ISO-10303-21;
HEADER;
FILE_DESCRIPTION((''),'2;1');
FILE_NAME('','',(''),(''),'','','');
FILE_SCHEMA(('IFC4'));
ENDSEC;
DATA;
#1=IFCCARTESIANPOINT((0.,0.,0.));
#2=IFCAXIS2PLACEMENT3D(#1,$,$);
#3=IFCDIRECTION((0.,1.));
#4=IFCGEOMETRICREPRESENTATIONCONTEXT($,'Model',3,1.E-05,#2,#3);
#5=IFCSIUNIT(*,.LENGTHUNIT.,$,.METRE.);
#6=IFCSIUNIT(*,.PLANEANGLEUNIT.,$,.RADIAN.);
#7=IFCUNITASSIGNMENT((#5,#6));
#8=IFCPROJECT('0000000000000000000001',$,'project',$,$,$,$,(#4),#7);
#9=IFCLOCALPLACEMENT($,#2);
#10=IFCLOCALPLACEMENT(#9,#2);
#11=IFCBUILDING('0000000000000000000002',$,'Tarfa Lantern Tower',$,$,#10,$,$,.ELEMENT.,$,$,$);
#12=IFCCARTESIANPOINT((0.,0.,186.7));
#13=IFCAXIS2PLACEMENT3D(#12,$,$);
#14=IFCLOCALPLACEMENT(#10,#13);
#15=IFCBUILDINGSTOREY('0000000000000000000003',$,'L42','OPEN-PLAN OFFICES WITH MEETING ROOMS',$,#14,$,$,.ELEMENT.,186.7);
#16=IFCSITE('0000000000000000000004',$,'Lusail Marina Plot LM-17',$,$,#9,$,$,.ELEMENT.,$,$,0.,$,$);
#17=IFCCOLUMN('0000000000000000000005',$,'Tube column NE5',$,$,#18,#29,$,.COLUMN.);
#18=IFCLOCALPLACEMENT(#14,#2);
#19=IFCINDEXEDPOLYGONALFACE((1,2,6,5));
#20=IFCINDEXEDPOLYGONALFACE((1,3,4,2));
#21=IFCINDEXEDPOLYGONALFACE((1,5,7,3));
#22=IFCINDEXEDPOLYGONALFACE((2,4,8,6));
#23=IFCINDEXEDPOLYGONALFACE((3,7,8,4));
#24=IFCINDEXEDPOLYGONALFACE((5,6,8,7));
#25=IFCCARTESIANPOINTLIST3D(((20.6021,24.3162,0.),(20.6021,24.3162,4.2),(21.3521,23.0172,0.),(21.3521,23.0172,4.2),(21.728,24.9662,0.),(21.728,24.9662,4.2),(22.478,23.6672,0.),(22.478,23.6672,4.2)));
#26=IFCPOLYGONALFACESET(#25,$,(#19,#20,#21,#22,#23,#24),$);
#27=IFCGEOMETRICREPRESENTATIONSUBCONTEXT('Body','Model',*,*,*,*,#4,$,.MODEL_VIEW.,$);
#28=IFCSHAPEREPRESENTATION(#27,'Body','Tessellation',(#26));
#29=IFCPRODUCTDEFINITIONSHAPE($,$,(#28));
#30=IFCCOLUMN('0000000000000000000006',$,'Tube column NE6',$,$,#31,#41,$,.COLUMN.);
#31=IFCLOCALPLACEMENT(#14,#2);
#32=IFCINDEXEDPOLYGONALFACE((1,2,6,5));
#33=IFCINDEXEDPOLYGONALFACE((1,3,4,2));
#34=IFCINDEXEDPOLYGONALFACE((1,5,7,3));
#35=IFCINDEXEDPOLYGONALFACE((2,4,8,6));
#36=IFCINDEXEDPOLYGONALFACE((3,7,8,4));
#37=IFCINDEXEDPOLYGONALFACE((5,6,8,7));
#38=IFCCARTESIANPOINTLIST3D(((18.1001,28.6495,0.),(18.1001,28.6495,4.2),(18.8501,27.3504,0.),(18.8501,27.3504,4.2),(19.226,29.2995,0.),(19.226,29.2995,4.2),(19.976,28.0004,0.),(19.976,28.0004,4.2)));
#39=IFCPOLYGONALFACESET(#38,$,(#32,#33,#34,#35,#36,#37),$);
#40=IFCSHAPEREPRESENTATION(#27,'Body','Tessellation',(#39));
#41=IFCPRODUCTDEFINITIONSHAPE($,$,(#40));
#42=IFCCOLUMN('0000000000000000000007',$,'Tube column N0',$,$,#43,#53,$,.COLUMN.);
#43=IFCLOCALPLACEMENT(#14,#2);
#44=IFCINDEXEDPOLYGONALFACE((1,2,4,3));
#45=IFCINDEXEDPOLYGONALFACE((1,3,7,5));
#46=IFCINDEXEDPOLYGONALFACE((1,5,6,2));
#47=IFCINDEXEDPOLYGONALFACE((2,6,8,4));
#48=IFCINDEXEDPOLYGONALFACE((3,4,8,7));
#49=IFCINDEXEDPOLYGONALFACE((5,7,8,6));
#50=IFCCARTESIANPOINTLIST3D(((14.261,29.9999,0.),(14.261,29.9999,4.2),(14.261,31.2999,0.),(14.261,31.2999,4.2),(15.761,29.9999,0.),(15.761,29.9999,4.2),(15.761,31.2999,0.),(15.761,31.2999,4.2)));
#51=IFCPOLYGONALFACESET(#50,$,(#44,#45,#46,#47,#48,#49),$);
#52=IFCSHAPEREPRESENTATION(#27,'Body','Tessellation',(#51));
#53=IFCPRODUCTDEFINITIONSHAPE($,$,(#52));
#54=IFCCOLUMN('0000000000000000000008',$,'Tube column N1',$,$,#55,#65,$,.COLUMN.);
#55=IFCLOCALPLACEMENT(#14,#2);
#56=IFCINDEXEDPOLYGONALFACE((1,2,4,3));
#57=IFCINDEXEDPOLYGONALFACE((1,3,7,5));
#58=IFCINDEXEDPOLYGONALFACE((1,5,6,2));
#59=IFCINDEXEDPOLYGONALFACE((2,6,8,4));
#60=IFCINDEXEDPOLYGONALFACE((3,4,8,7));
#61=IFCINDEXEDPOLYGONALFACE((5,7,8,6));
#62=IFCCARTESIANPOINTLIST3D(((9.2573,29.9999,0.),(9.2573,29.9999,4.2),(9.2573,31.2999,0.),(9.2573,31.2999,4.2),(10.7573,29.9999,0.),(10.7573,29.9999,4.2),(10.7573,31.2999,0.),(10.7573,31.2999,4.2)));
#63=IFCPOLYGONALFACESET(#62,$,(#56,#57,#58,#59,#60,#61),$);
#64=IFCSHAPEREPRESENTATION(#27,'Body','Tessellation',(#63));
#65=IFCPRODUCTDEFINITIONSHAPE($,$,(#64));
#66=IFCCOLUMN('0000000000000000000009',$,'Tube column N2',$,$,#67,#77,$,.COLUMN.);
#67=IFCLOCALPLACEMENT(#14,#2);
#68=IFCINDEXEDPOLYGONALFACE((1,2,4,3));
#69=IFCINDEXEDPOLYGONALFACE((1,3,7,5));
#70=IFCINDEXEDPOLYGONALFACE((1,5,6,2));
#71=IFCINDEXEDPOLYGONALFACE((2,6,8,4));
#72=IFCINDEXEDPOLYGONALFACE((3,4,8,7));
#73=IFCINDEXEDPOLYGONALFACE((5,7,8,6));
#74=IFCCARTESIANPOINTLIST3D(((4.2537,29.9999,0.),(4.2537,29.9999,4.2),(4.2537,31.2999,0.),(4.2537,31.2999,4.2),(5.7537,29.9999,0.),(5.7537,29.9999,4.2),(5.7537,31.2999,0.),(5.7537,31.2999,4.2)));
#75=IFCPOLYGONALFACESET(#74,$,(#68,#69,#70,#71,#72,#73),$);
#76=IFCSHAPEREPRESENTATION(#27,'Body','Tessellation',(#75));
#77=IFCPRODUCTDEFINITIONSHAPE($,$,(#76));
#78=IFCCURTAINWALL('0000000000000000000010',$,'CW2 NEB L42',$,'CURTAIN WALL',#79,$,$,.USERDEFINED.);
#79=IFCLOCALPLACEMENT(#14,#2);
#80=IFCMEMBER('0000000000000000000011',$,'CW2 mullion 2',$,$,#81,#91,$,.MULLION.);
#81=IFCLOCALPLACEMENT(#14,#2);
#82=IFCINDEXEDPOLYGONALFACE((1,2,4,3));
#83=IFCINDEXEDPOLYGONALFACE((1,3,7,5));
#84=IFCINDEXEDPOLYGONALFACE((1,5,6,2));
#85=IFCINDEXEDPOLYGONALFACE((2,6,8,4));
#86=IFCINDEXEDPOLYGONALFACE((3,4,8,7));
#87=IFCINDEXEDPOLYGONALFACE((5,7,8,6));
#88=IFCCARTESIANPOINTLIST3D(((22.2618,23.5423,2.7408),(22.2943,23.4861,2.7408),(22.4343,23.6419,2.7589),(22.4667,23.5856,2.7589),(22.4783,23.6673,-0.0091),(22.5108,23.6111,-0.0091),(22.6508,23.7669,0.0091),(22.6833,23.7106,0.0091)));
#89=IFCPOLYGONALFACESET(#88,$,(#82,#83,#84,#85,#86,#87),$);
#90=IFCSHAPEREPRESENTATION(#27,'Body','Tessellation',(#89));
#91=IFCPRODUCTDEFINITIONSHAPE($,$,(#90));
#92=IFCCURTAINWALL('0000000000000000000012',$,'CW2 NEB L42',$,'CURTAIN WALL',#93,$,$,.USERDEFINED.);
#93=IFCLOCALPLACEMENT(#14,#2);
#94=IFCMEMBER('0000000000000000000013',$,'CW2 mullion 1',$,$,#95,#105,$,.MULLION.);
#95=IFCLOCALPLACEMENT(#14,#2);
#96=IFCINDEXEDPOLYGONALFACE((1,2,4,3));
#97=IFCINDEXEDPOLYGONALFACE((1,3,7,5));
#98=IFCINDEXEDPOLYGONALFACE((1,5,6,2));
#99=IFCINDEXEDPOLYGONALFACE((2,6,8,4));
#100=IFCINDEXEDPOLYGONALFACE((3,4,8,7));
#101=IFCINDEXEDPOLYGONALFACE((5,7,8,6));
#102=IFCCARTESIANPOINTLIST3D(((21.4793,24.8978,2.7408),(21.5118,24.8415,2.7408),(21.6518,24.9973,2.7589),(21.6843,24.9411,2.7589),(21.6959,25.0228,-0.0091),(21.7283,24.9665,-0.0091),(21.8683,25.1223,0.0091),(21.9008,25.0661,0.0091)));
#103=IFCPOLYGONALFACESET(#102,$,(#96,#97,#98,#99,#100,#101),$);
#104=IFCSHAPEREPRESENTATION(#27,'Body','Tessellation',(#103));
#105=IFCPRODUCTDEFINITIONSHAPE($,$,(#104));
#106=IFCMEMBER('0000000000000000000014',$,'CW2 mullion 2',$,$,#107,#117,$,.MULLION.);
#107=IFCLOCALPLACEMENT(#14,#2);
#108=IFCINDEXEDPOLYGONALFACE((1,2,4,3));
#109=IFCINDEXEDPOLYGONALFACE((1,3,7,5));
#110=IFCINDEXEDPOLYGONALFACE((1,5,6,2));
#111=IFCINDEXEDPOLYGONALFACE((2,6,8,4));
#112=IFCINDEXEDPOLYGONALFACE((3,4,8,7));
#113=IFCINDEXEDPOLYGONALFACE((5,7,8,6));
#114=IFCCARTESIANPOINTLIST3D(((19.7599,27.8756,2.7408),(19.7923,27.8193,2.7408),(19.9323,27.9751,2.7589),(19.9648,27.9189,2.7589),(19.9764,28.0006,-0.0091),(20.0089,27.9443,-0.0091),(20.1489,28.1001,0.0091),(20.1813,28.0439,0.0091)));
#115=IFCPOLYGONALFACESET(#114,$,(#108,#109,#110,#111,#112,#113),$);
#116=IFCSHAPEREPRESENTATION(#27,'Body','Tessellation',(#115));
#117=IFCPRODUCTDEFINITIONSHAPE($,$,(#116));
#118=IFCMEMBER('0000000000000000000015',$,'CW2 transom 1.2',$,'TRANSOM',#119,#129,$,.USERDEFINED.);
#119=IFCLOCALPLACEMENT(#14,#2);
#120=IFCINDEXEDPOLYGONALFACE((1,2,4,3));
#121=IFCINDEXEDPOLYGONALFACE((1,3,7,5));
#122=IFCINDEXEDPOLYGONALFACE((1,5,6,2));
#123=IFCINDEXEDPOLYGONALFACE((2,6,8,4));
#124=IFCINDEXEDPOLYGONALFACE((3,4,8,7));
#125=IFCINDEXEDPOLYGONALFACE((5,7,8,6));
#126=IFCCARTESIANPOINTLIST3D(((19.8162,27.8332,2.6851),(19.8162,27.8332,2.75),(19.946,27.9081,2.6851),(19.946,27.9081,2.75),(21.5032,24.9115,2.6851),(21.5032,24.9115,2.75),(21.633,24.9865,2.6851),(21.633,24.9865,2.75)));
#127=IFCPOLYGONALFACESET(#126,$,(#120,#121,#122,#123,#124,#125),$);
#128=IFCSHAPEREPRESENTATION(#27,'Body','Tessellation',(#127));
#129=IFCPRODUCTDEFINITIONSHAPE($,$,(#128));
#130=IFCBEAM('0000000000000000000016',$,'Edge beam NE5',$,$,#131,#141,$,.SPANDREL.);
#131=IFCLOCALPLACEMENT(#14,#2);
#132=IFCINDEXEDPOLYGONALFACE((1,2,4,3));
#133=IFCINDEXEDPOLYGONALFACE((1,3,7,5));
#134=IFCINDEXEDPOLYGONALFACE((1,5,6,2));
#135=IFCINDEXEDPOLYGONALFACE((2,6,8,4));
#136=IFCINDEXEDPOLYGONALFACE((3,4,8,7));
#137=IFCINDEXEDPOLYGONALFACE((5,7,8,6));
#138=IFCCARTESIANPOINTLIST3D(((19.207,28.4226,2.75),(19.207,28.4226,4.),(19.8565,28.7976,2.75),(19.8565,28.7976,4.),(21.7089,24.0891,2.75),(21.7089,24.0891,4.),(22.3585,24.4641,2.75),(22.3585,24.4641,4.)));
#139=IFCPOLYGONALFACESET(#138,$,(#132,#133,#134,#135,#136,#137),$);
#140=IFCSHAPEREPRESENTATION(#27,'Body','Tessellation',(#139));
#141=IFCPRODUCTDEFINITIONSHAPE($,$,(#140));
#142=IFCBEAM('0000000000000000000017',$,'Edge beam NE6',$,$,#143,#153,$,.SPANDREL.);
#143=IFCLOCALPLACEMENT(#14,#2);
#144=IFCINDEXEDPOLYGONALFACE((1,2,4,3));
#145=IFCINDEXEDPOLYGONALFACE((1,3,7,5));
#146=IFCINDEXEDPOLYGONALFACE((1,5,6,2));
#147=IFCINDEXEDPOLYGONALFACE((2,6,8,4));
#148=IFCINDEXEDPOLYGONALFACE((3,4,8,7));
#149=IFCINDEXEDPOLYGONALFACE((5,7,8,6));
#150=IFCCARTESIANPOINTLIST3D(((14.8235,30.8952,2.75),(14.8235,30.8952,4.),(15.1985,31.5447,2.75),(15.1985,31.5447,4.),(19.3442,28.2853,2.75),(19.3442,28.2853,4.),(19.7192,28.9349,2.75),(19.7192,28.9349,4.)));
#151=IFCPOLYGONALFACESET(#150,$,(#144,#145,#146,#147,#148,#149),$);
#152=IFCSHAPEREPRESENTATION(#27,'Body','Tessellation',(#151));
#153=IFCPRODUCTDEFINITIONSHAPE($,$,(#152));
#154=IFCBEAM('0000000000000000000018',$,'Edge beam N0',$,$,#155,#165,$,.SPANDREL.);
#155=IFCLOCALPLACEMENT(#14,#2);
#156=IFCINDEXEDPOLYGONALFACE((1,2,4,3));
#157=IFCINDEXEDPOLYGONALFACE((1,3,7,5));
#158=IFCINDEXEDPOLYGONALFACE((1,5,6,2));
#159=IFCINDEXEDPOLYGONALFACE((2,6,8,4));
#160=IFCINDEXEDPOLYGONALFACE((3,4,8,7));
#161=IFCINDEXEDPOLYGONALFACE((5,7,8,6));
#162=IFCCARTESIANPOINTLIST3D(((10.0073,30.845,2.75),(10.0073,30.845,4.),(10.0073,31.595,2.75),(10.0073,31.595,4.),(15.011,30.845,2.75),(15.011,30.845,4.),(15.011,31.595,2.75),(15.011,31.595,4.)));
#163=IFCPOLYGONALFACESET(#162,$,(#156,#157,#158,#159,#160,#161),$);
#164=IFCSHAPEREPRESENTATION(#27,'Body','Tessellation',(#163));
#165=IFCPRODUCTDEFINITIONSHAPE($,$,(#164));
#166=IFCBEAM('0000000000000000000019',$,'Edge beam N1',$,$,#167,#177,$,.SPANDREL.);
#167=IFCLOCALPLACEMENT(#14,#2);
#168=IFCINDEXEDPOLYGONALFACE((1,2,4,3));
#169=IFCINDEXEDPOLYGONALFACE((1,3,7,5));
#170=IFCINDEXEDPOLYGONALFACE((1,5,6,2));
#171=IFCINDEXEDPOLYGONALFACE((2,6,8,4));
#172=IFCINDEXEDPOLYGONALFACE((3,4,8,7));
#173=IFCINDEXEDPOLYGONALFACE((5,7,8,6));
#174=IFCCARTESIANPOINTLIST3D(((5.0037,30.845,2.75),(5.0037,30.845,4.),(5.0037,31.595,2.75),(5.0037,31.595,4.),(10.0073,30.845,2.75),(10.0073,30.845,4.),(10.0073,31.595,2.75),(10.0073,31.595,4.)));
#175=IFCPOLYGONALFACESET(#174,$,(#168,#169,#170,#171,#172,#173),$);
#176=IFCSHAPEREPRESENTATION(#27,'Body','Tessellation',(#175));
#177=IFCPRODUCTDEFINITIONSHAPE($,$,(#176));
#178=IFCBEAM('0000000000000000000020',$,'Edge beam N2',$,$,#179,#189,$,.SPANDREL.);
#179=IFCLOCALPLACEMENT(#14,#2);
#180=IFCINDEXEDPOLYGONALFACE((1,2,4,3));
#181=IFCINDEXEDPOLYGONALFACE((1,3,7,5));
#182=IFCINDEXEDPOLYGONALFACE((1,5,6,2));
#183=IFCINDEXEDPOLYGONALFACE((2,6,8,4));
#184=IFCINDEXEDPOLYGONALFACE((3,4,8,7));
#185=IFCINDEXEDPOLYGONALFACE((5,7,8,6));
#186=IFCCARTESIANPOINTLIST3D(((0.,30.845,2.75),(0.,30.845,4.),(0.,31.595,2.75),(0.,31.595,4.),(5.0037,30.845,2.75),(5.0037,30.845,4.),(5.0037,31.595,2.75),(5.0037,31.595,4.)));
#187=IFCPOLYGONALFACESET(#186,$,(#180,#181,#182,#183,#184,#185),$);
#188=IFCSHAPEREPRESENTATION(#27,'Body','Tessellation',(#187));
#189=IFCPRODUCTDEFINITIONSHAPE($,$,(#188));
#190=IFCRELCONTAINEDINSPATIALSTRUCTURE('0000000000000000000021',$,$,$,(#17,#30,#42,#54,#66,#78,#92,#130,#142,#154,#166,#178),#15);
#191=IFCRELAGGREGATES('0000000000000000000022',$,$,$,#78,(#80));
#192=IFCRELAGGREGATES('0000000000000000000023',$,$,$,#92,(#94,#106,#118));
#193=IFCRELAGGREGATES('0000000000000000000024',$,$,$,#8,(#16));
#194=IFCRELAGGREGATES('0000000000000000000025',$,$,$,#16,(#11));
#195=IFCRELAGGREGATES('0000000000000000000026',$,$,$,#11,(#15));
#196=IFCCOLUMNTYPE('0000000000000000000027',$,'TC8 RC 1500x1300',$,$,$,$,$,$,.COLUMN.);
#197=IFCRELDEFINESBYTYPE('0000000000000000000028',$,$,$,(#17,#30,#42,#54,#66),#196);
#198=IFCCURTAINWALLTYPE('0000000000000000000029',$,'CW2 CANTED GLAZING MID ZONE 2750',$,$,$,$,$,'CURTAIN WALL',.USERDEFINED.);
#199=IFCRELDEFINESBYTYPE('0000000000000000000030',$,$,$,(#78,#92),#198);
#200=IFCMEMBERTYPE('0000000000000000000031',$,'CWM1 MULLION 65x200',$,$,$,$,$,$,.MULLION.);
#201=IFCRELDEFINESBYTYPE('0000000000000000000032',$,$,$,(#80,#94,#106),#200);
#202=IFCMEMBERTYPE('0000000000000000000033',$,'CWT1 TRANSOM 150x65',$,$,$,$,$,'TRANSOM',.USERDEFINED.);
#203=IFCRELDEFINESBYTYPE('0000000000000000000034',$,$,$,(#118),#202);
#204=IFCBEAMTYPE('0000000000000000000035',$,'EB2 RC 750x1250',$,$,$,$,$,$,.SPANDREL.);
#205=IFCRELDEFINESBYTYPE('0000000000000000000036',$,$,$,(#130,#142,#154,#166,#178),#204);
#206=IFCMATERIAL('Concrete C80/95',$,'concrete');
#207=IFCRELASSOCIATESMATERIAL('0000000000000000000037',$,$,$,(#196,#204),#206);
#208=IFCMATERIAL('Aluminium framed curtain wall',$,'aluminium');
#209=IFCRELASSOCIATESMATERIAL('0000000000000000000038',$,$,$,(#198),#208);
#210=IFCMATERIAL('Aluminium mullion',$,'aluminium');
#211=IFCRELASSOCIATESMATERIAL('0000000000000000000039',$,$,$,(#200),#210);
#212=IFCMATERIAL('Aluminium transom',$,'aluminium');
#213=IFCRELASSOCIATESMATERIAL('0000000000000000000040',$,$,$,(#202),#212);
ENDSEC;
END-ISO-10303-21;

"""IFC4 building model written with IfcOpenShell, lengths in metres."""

from ifc_helpers import new_model, si_unit, direction, frame, origin, origin_2d, place, context, subcontext, project, spatial, rectangle, extrude, material, material_profile, profile_set, type_object, element, aggregate, save


model = new_model("IFC4")

# Units and contexts
model_context = context("Model", 3, precision=1e-05, world=origin(), true_north=direction((0.0, 1.0)))
body_context = subcontext(model_context, "Body", "Model", "MODEL_VIEW")
ifc_project = project(units=[si_unit("LENGTHUNIT", "METRE"), si_unit("PLANEANGLEUNIT", "RADIAN")], contexts=[model_context])

# Site, building, storey
site_placement = place(None, origin())
site = spatial("IfcSite", under=ifc_project, at=site_placement, Name="Lusail Marina Plot LM-17", CompositionType="ELEMENT", RefElevation=0.0)
building_placement = place(site_placement, origin())
building = spatial("IfcBuilding", under=site, at=building_placement, Name="Tarfa Lantern Tower", CompositionType="ELEMENT")
storey_placement = place(building_placement, frame((0.0, 0.0, 186.7)))
storey = spatial("IfcBuildingStorey", under=building, at=storey_placement, Name="L42", Description="OPEN-PLAN OFFICES WITH MEETING ROOMS", CompositionType="ELEMENT", Elevation=186.7)

# Columns
ifc_material_1 = material(Name="Concrete C80/95", Category="concrete")
ifc_material_profile_1 = material_profile(ifc_material_1, rectangle(XDim=1.5, YDim=1.3, at=origin_2d()), Name="RC 1500x1300")
ifc_profile_set_1 = profile_set([ifc_material_profile_1], Name="Concrete C80/95")
column_type = type_object("IfcColumnType", Name="TC8 RC 1500x1300", PredefinedType="COLUMN", material=ifc_profile_set_1)
for number, where, z_axis, x_axis, name in (
    (1, (21.54, 23.9917, 0.0), (0.0, 0.0, 1.0), (-0.5, 0.866025, 0.0), "Tube column NE5"),
    (2, (19.0381, 28.325, 0.0), (0.0, 0.0, 1.0), (-0.5, 0.866025, 0.0), "Tube column NE6"),
    (3, (15.011, 30.6499, 0.0), (0.0, 0.0, 1.0), (-1.0, 0.0, 0.0), "Tube column N0"),
    (4, (10.0073, 30.6499, 0.0), (0.0, 0.0, 1.0), (-1.0, 0.0, 0.0), "Tube column N1"),
    (5, (5.0037, 30.6499, 0.0), (0.0, 0.0, 1.0), (-1.0, 0.0, 0.0), "Tube column N2"),
):
    element("IfcColumn", number, at=place(storey_placement, frame(where, z_axis=z_axis, x_axis=x_axis)), inside=storey, type_object=column_type, Name=name, PredefinedType="COLUMN", context=body_context, shape_type="SweptSolid", body=[
        extrude(rectangle(XDim=1.5, YDim=1.3, at=origin_2d()), origin(), (0.0, 0.0, 1.0), 4.2),
    ])

# Curtain wall, member
ifc_material_2 = material(Name="Aluminium framed curtain wall", Category="aluminium")
curtain_wall_type = type_object("IfcCurtainWallType", Name="CW2 CANTED GLAZING MID ZONE 2750", ElementType="CURTAIN WALL", PredefinedType="USERDEFINED", material=ifc_material_2)
curtain_wall_1_placement = place(storey_placement, origin())
curtain_wall_1 = element("IfcCurtainWall", 6, at=curtain_wall_1_placement, inside=storey, type_object=curtain_wall_type, Name="CW2 NEB L42", ObjectType="CURTAIN WALL", PredefinedType="USERDEFINED")
ifc_material_3 = material(Name="Aluminium mullion", Category="aluminium")
ifc_material_profile_2 = material_profile(ifc_material_3, rectangle(XDim=0.0649, YDim=0.2, at=origin_2d()), Name="AL MULLION 65x200")
ifc_profile_set_2 = profile_set([ifc_material_profile_2], Name="Aluminium mullion")
member_type_1 = type_object("IfcMemberType", Name="CWM1 MULLION 65x200", PredefinedType="MULLION", material=ifc_profile_set_2)
member_1_placement = place(storey_placement, frame((22.5808, 23.689, 0.0), z_axis=(-0.078423, -0.045268, 0.995892), x_axis=(0.49992, -0.866072, 0.0)))
member_1 = element("IfcMember", 7, at=member_1_placement, type_object=member_type_1, Name="CW2 mullion 2", PredefinedType="MULLION", context=body_context, shape_type="SweptSolid", body=[
    extrude(rectangle(XDim=0.0649, YDim=0.2, at=origin_2d()), origin(), (0.0, 0.0, 1.0), 2.7612),
])
aggregate(curtain_wall_1, [member_1])

# Curtain wall, members
curtain_wall_2_placement = place(storey_placement, origin())
curtain_wall_2 = element("IfcCurtainWall", 8, at=curtain_wall_2_placement, inside=storey, type_object=curtain_wall_type, Name="CW2 NEB L42", ObjectType="CURTAIN WALL", PredefinedType="USERDEFINED")
member_2_placement = place(storey_placement, frame((21.7983, 25.0444, 0.0), z_axis=(-0.078423, -0.045268, 0.995892), x_axis=(0.49992, -0.866072, 0.0)))
member_2 = element("IfcMember", 9, at=member_2_placement, type_object=member_type_1, Name="CW2 mullion 1", PredefinedType="MULLION", context=body_context, shape_type="SweptSolid", body=[
    extrude(rectangle(XDim=0.0649, YDim=0.2, at=origin_2d()), origin(), (0.0, 0.0, 1.0), 2.7612),
])
member_3_placement = place(storey_placement, frame((20.0789, 28.0222, 0.0), z_axis=(-0.078423, -0.045268, 0.995892), x_axis=(0.49992, -0.866072, 0.0)))
member_3 = element("IfcMember", 10, at=member_3_placement, type_object=member_type_1, Name="CW2 mullion 2", PredefinedType="MULLION", context=body_context, shape_type="SweptSolid", body=[
    extrude(rectangle(XDim=0.0649, YDim=0.2, at=origin_2d()), origin(), (0.0, 0.0, 1.0), 2.7612),
])
ifc_material_4 = material(Name="Aluminium transom", Category="aluminium")
ifc_material_profile_3 = material_profile(ifc_material_4, rectangle(XDim=0.1499, YDim=0.0649, at=origin_2d()), Name="AL TRANSOM 150x65")
ifc_profile_set_3 = profile_set([ifc_material_profile_3], Name="Aluminium transom")
member_type_2 = type_object("IfcMemberType", Name="CWT1 TRANSOM 150x65", ElementType="TRANSOM", PredefinedType="USERDEFINED", material=ifc_profile_set_3)
member_4_placement = place(storey_placement, frame((21.5681, 24.949, 2.7175), z_axis=(-0.500046, 0.865999, 0.0), x_axis=(-0.865999, -0.500046, 0.0)))
member_4 = element("IfcMember", 11, at=member_4_placement, type_object=member_type_2, Name="CW2 transom 1.2", ObjectType="TRANSOM", PredefinedType="USERDEFINED", context=body_context, shape_type="SweptSolid", body=[
    extrude(rectangle(XDim=0.1499, YDim=0.0649, at=origin_2d()), origin(), (0.0, 0.0, 1.0), 3.3738),
])

# Beams
ifc_material_profile_4 = material_profile(ifc_material_1, rectangle(XDim=0.75, YDim=1.25, at=origin_2d()), Name="RC 750x1250")
ifc_profile_set_4 = profile_set([ifc_material_profile_4], Name="Concrete C80/95")
beam_type_1 = type_object("IfcBeamType", Name="EB2 RC 750x1250", PredefinedType="SPANDREL", material=ifc_profile_set_4)
beam_1_placement = place(storey_placement, frame((22.0337, 24.2766, 3.375), z_axis=(-0.500001, 0.866025, 0.0), x_axis=(-0.866025, -0.500001, 0.0)))
element("IfcBeam", 12, at=beam_1_placement, inside=storey, type_object=beam_type_1, Name="Edge beam NE5", PredefinedType="SPANDREL", context=body_context, shape_type="SweptSolid", body=[
    extrude(rectangle(XDim=0.75, YDim=1.25, at=origin_2d()), origin(), (0.0, 0.0, 1.0), 5.0039),
])
beam_2_placement = place(storey_placement, frame((19.5317, 28.6101, 3.375), z_axis=(-0.866042, 0.499972, 0.0), x_axis=(-0.499972, -0.866042, 0.0)))
element("IfcBeam", 13, at=beam_2_placement, inside=storey, type_object=beam_type_1, Name="Edge beam NE6", PredefinedType="SPANDREL", context=body_context, shape_type="SweptSolid", body=[
    extrude(rectangle(XDim=0.75, YDim=1.25, at=origin_2d()), origin(), (0.0, 0.0, 1.0), 5.22),
])
for number, where, z_axis, x_axis, name in (
    (14, (15.011, 31.22, 3.375), (-1.0, 0.0, 0.0), (0.0, -1.0, 0.0), "Edge beam N0"),
    (15, (10.0073, 31.22, 3.375), (-1.0, 0.0, 0.0), (0.0, -1.0, 0.0), "Edge beam N1"),
    (16, (5.0037, 31.22, 3.375), (-1.0, 0.0, 0.0), (0.0, -1.0, 0.0), "Edge beam N2"),
):
    element("IfcBeam", number, at=place(storey_placement, frame(where, z_axis=z_axis, x_axis=x_axis)), inside=storey, type_object=beam_type_1, Name=name, PredefinedType="SPANDREL", context=body_context, shape_type="SweptSolid", body=[
        extrude(rectangle(XDim=0.75, YDim=1.25, at=origin_2d()), origin(), (0.0, 0.0, 1.0), 5.0037),
    ])

aggregate(curtain_wall_2, [member_2, member_3, member_4])

save(model, "model.ifc")
